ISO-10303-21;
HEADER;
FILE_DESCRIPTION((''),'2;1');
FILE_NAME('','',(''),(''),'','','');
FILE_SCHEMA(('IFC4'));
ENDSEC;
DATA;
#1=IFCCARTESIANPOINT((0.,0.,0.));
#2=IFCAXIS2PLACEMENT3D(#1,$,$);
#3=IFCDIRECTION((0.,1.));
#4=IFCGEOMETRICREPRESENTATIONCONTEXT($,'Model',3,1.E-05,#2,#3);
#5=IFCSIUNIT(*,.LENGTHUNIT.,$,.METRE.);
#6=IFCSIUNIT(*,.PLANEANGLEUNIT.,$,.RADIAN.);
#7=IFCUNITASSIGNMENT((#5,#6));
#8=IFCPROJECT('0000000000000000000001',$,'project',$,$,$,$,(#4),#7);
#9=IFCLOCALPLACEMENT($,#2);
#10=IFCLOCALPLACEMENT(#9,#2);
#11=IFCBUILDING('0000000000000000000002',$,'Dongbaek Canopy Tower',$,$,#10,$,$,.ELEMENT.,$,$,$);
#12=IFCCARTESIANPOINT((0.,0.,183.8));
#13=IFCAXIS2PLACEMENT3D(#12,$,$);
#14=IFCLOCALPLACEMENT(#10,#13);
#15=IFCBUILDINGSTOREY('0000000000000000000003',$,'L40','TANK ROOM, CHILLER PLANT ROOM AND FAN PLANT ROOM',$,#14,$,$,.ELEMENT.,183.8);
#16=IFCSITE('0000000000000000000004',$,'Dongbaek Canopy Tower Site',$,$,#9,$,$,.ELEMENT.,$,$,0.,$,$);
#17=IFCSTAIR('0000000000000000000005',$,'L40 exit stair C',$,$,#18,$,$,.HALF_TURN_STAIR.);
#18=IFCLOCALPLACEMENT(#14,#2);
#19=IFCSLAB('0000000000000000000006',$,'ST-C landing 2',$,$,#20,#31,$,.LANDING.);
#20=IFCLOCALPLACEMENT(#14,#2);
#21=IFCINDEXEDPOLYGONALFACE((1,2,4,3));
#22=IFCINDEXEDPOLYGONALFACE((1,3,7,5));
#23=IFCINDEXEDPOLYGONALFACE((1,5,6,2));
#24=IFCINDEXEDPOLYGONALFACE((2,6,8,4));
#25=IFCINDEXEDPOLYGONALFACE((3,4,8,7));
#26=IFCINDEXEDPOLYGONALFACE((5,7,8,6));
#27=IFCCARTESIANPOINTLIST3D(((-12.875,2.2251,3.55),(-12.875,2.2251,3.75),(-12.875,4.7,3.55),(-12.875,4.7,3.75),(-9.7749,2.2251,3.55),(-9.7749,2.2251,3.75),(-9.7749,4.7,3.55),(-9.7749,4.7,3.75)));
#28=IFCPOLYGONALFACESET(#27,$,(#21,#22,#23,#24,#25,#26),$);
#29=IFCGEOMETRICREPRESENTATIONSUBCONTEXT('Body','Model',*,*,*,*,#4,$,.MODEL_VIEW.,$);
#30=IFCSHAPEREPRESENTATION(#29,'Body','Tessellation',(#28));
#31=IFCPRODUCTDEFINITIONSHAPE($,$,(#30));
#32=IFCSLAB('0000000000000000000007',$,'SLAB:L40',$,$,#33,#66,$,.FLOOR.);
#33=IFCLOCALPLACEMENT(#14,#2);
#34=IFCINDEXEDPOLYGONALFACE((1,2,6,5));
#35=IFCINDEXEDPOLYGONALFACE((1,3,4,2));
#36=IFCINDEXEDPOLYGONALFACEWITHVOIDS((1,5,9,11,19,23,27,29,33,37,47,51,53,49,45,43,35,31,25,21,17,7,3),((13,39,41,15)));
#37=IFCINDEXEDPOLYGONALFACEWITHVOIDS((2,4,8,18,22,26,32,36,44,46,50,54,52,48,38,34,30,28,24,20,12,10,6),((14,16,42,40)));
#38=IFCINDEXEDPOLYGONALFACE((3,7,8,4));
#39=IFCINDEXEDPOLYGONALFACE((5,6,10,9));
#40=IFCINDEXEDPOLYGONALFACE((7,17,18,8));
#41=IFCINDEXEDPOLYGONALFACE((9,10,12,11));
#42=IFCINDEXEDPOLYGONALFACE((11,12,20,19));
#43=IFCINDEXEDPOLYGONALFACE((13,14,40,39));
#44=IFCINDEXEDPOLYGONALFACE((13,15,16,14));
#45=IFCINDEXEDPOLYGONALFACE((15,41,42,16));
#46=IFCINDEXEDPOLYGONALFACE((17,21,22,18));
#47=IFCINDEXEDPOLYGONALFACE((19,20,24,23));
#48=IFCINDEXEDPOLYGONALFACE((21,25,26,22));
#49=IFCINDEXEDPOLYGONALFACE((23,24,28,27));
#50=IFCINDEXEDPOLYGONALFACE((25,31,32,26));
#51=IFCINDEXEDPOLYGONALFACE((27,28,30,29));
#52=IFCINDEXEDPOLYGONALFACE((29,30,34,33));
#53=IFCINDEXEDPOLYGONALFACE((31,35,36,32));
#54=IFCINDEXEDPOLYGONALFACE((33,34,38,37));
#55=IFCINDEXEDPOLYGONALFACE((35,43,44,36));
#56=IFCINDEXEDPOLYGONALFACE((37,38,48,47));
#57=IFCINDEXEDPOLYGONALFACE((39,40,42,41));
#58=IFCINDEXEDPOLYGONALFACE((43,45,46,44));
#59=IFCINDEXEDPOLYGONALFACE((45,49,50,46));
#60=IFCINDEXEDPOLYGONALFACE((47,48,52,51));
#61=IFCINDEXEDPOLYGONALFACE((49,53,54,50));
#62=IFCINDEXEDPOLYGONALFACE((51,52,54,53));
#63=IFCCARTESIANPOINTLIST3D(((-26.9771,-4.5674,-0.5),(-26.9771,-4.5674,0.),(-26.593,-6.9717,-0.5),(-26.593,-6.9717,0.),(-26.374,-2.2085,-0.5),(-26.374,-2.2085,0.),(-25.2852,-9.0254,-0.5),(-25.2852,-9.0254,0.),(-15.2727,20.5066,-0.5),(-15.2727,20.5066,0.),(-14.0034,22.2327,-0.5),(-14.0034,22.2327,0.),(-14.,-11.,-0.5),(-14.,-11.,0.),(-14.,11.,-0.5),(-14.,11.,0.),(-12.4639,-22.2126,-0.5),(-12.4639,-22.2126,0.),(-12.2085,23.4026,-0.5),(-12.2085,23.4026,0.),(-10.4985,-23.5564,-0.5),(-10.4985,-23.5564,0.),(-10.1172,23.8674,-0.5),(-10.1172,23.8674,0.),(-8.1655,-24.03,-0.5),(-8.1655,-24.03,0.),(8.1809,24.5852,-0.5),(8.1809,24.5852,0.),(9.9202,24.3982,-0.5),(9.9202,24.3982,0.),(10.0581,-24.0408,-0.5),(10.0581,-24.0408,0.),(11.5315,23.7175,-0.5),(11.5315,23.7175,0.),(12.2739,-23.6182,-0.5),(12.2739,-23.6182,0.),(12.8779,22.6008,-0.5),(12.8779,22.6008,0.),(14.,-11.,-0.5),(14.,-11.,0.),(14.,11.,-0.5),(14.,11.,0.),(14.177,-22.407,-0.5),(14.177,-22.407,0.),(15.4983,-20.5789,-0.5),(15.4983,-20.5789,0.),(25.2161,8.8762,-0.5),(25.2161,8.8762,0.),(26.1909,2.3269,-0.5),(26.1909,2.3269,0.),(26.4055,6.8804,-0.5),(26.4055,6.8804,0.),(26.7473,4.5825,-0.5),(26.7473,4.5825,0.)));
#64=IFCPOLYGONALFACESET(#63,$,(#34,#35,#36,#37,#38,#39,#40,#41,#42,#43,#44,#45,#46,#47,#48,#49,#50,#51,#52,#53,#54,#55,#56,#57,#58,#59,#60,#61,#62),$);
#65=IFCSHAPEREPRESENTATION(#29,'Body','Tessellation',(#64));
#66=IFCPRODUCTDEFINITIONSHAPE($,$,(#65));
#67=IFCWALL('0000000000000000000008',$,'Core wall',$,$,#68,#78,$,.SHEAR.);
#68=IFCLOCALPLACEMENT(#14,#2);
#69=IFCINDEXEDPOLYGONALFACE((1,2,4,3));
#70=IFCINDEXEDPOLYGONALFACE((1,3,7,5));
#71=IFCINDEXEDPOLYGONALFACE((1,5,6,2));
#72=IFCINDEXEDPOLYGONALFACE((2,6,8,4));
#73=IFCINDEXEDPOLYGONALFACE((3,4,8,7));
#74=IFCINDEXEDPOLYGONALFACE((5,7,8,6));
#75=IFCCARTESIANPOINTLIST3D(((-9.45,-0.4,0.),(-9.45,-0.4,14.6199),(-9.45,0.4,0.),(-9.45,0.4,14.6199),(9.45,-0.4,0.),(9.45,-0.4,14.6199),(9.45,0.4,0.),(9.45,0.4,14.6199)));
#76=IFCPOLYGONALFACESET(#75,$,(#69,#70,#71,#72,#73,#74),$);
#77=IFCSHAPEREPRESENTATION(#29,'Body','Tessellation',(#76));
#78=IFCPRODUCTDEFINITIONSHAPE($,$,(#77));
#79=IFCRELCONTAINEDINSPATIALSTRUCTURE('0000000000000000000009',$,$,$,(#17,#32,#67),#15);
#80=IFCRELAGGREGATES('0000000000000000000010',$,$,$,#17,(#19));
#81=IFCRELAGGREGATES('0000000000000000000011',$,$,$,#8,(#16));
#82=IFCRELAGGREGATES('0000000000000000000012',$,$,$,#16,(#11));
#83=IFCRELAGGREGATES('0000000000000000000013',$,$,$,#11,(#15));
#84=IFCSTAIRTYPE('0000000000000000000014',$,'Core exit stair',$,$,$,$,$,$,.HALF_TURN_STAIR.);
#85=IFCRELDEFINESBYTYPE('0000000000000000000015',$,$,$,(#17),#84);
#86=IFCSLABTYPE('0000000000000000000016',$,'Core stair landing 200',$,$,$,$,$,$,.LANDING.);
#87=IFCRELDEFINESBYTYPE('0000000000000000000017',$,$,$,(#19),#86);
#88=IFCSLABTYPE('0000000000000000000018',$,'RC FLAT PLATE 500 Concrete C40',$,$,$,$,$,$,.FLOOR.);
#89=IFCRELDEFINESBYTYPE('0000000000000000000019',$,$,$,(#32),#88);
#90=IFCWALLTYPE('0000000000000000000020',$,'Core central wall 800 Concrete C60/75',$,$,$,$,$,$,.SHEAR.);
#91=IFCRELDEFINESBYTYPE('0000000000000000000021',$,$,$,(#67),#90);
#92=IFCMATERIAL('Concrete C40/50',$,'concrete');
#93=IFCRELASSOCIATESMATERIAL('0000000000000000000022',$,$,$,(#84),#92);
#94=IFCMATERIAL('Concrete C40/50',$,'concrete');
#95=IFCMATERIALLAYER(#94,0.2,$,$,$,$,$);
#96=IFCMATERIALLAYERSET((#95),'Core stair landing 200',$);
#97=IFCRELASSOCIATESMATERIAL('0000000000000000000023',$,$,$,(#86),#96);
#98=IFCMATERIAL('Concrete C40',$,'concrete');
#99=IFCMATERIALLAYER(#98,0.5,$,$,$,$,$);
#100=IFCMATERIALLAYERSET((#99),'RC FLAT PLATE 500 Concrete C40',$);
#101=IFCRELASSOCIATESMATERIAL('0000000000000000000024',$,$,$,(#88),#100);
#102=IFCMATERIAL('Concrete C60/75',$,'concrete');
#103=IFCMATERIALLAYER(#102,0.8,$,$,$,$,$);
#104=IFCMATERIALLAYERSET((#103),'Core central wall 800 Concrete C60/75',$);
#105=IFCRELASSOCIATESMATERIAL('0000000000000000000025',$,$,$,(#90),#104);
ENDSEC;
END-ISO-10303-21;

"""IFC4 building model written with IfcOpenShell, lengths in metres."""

from ifc_helpers import new_model, si_unit, direction, frame, frame_2d, origin, place, context, subcontext, project, spatial, polyline, rectangle, outline, extrude, material, layer, layer_set, type_object, element, aggregate, save


model = new_model("IFC4")

# Units and contexts
model_context = context("Model", 3, precision=1e-05, world=origin(), true_north=direction((0.0, 1.0)))
body_context = subcontext(model_context, "Body", "Model", "MODEL_VIEW")
ifc_project = project(units=[si_unit("LENGTHUNIT", "METRE"), si_unit("PLANEANGLEUNIT", "RADIAN")], contexts=[model_context])

# Site, building, storey
site_placement = place(None, origin())
site = spatial("IfcSite", under=ifc_project, at=site_placement, Name="Dongbaek Canopy Tower Site", CompositionType="ELEMENT", RefElevation=0.0)
building_placement = place(site_placement, origin())
building = spatial("IfcBuilding", under=site, at=building_placement, Name="Dongbaek Canopy Tower", CompositionType="ELEMENT")
storey_placement = place(building_placement, frame((0.0, 0.0, 183.8)))
storey = spatial("IfcBuildingStorey", under=building, at=storey_placement, Name="L40", Description="TANK ROOM, CHILLER PLANT ROOM AND FAN PLANT ROOM", CompositionType="ELEMENT", Elevation=183.8)

# Stair, slab
ifc_material_1 = material(Name="Concrete C40/50", Category="concrete")
stair_type = type_object("IfcStairType", Name="Core exit stair", PredefinedType="HALF_TURN_STAIR", material=ifc_material_1)
ifc_material_2 = material(Name="Concrete C40/50", Category="concrete")
ifc_layer_1 = layer(ifc_material_2, 0.2)
ifc_layer_set_1 = layer_set([ifc_layer_1], Name="Core stair landing 200")
slab_type_1 = type_object("IfcSlabType", Name="Core stair landing 200", PredefinedType="LANDING", material=ifc_layer_set_1)
stair_1_placement = place(storey_placement, origin())
stair_1 = element("IfcStair", 1, at=stair_1_placement, inside=storey, type_object=stair_type, Name="L40 exit stair C", PredefinedType="HALF_TURN_STAIR")
slab_1_placement = place(storey_placement, frame((0.0, 0.0, 3.55)))
slab_1 = element("IfcSlab", 2, at=slab_1_placement, type_object=slab_type_1, Name="ST-C landing 2", PredefinedType="LANDING", context=body_context, shape_type="SweptSolid", body=[
    extrude(outline(polyline([(-9.7749, 2.2251), (-9.7749, 4.7), (-12.875, 4.7), (-12.875, 2.2251), (-9.7749, 2.2251)])), origin(), (0.0, 0.0, 1.0), 0.2),
])
aggregate(stair_1, [slab_1])

# Slab
ifc_material_3 = material(Name="Concrete C40", Category="concrete")
ifc_layer_2 = layer(ifc_material_3, 0.5)
ifc_layer_set_2 = layer_set([ifc_layer_2], Name="RC FLAT PLATE 500 Concrete C40")
slab_type_2 = type_object("IfcSlabType", Name="RC FLAT PLATE 500 Concrete C40", PredefinedType="FLOOR", material=ifc_layer_set_2)
slab_2_placement = place(storey_placement, frame((0.0, 0.0, -0.5)))
element("IfcSlab", 3, at=slab_2_placement, inside=storey, type_object=slab_type_2, Name="SLAB:L40", PredefinedType="FLOOR", context=body_context, shape_type="SweptSolid", body=[
    extrude(outline(polyline([(15.4983, -20.5789), (14.177, -22.407), (12.2739, -23.6182), (10.0581, -24.0408), (-8.1655, -24.03), (-10.4985, -23.5564), (-12.4639, -22.2126), (-25.2852, -9.0254), (-26.593, -6.9717), (-26.9771, -4.5674), (-26.374, -2.2085), (-15.2727, 20.5066), (-14.0034, 22.2327), (-12.2085, 23.4026), (-10.1172, 23.8674), (8.1809, 24.5852), (9.9202, 24.3982), (11.5315, 23.7175), (12.8779, 22.6008), (25.2161, 8.8762), (26.4055, 6.8804), (26.7473, 4.5825), (26.1909, 2.3269), (15.4983, -20.5789)]), holes=[polyline([(14.0, 11.0), (-14.0, 11.0), (-14.0, -11.0), (14.0, -11.0), (14.0, 11.0)])]), origin(), (0.0, 0.0, 1.0), 0.5),
])

# Wall
ifc_material_4 = material(Name="Concrete C60/75", Category="concrete")
ifc_layer_3 = layer(ifc_material_4, 0.8)
ifc_layer_set_3 = layer_set([ifc_layer_3], Name="Core central wall 800 Concrete C60/75")
wall_type_1 = type_object("IfcWallType", Name="Core central wall 800 Concrete C60/75", PredefinedType="SHEAR", material=ifc_layer_set_3)
wall_1_placement = place(storey_placement, frame((-9.45, 0.0, 0.0), z_axis=(0.0, 0.0, 1.0), x_axis=(1.0, 0.0, 0.0)))
element("IfcWall", 4, at=wall_1_placement, inside=storey, type_object=wall_type_1, Name="Core wall", PredefinedType="SHEAR", context=body_context, shape_type="SweptSolid", body=[
    extrude(rectangle(XDim=18.8999, YDim=0.8, at=frame_2d((9.45, 0.0))), origin(), (0.0, 0.0, 1.0), 14.6199),
])

save(model, "model.ifc")
